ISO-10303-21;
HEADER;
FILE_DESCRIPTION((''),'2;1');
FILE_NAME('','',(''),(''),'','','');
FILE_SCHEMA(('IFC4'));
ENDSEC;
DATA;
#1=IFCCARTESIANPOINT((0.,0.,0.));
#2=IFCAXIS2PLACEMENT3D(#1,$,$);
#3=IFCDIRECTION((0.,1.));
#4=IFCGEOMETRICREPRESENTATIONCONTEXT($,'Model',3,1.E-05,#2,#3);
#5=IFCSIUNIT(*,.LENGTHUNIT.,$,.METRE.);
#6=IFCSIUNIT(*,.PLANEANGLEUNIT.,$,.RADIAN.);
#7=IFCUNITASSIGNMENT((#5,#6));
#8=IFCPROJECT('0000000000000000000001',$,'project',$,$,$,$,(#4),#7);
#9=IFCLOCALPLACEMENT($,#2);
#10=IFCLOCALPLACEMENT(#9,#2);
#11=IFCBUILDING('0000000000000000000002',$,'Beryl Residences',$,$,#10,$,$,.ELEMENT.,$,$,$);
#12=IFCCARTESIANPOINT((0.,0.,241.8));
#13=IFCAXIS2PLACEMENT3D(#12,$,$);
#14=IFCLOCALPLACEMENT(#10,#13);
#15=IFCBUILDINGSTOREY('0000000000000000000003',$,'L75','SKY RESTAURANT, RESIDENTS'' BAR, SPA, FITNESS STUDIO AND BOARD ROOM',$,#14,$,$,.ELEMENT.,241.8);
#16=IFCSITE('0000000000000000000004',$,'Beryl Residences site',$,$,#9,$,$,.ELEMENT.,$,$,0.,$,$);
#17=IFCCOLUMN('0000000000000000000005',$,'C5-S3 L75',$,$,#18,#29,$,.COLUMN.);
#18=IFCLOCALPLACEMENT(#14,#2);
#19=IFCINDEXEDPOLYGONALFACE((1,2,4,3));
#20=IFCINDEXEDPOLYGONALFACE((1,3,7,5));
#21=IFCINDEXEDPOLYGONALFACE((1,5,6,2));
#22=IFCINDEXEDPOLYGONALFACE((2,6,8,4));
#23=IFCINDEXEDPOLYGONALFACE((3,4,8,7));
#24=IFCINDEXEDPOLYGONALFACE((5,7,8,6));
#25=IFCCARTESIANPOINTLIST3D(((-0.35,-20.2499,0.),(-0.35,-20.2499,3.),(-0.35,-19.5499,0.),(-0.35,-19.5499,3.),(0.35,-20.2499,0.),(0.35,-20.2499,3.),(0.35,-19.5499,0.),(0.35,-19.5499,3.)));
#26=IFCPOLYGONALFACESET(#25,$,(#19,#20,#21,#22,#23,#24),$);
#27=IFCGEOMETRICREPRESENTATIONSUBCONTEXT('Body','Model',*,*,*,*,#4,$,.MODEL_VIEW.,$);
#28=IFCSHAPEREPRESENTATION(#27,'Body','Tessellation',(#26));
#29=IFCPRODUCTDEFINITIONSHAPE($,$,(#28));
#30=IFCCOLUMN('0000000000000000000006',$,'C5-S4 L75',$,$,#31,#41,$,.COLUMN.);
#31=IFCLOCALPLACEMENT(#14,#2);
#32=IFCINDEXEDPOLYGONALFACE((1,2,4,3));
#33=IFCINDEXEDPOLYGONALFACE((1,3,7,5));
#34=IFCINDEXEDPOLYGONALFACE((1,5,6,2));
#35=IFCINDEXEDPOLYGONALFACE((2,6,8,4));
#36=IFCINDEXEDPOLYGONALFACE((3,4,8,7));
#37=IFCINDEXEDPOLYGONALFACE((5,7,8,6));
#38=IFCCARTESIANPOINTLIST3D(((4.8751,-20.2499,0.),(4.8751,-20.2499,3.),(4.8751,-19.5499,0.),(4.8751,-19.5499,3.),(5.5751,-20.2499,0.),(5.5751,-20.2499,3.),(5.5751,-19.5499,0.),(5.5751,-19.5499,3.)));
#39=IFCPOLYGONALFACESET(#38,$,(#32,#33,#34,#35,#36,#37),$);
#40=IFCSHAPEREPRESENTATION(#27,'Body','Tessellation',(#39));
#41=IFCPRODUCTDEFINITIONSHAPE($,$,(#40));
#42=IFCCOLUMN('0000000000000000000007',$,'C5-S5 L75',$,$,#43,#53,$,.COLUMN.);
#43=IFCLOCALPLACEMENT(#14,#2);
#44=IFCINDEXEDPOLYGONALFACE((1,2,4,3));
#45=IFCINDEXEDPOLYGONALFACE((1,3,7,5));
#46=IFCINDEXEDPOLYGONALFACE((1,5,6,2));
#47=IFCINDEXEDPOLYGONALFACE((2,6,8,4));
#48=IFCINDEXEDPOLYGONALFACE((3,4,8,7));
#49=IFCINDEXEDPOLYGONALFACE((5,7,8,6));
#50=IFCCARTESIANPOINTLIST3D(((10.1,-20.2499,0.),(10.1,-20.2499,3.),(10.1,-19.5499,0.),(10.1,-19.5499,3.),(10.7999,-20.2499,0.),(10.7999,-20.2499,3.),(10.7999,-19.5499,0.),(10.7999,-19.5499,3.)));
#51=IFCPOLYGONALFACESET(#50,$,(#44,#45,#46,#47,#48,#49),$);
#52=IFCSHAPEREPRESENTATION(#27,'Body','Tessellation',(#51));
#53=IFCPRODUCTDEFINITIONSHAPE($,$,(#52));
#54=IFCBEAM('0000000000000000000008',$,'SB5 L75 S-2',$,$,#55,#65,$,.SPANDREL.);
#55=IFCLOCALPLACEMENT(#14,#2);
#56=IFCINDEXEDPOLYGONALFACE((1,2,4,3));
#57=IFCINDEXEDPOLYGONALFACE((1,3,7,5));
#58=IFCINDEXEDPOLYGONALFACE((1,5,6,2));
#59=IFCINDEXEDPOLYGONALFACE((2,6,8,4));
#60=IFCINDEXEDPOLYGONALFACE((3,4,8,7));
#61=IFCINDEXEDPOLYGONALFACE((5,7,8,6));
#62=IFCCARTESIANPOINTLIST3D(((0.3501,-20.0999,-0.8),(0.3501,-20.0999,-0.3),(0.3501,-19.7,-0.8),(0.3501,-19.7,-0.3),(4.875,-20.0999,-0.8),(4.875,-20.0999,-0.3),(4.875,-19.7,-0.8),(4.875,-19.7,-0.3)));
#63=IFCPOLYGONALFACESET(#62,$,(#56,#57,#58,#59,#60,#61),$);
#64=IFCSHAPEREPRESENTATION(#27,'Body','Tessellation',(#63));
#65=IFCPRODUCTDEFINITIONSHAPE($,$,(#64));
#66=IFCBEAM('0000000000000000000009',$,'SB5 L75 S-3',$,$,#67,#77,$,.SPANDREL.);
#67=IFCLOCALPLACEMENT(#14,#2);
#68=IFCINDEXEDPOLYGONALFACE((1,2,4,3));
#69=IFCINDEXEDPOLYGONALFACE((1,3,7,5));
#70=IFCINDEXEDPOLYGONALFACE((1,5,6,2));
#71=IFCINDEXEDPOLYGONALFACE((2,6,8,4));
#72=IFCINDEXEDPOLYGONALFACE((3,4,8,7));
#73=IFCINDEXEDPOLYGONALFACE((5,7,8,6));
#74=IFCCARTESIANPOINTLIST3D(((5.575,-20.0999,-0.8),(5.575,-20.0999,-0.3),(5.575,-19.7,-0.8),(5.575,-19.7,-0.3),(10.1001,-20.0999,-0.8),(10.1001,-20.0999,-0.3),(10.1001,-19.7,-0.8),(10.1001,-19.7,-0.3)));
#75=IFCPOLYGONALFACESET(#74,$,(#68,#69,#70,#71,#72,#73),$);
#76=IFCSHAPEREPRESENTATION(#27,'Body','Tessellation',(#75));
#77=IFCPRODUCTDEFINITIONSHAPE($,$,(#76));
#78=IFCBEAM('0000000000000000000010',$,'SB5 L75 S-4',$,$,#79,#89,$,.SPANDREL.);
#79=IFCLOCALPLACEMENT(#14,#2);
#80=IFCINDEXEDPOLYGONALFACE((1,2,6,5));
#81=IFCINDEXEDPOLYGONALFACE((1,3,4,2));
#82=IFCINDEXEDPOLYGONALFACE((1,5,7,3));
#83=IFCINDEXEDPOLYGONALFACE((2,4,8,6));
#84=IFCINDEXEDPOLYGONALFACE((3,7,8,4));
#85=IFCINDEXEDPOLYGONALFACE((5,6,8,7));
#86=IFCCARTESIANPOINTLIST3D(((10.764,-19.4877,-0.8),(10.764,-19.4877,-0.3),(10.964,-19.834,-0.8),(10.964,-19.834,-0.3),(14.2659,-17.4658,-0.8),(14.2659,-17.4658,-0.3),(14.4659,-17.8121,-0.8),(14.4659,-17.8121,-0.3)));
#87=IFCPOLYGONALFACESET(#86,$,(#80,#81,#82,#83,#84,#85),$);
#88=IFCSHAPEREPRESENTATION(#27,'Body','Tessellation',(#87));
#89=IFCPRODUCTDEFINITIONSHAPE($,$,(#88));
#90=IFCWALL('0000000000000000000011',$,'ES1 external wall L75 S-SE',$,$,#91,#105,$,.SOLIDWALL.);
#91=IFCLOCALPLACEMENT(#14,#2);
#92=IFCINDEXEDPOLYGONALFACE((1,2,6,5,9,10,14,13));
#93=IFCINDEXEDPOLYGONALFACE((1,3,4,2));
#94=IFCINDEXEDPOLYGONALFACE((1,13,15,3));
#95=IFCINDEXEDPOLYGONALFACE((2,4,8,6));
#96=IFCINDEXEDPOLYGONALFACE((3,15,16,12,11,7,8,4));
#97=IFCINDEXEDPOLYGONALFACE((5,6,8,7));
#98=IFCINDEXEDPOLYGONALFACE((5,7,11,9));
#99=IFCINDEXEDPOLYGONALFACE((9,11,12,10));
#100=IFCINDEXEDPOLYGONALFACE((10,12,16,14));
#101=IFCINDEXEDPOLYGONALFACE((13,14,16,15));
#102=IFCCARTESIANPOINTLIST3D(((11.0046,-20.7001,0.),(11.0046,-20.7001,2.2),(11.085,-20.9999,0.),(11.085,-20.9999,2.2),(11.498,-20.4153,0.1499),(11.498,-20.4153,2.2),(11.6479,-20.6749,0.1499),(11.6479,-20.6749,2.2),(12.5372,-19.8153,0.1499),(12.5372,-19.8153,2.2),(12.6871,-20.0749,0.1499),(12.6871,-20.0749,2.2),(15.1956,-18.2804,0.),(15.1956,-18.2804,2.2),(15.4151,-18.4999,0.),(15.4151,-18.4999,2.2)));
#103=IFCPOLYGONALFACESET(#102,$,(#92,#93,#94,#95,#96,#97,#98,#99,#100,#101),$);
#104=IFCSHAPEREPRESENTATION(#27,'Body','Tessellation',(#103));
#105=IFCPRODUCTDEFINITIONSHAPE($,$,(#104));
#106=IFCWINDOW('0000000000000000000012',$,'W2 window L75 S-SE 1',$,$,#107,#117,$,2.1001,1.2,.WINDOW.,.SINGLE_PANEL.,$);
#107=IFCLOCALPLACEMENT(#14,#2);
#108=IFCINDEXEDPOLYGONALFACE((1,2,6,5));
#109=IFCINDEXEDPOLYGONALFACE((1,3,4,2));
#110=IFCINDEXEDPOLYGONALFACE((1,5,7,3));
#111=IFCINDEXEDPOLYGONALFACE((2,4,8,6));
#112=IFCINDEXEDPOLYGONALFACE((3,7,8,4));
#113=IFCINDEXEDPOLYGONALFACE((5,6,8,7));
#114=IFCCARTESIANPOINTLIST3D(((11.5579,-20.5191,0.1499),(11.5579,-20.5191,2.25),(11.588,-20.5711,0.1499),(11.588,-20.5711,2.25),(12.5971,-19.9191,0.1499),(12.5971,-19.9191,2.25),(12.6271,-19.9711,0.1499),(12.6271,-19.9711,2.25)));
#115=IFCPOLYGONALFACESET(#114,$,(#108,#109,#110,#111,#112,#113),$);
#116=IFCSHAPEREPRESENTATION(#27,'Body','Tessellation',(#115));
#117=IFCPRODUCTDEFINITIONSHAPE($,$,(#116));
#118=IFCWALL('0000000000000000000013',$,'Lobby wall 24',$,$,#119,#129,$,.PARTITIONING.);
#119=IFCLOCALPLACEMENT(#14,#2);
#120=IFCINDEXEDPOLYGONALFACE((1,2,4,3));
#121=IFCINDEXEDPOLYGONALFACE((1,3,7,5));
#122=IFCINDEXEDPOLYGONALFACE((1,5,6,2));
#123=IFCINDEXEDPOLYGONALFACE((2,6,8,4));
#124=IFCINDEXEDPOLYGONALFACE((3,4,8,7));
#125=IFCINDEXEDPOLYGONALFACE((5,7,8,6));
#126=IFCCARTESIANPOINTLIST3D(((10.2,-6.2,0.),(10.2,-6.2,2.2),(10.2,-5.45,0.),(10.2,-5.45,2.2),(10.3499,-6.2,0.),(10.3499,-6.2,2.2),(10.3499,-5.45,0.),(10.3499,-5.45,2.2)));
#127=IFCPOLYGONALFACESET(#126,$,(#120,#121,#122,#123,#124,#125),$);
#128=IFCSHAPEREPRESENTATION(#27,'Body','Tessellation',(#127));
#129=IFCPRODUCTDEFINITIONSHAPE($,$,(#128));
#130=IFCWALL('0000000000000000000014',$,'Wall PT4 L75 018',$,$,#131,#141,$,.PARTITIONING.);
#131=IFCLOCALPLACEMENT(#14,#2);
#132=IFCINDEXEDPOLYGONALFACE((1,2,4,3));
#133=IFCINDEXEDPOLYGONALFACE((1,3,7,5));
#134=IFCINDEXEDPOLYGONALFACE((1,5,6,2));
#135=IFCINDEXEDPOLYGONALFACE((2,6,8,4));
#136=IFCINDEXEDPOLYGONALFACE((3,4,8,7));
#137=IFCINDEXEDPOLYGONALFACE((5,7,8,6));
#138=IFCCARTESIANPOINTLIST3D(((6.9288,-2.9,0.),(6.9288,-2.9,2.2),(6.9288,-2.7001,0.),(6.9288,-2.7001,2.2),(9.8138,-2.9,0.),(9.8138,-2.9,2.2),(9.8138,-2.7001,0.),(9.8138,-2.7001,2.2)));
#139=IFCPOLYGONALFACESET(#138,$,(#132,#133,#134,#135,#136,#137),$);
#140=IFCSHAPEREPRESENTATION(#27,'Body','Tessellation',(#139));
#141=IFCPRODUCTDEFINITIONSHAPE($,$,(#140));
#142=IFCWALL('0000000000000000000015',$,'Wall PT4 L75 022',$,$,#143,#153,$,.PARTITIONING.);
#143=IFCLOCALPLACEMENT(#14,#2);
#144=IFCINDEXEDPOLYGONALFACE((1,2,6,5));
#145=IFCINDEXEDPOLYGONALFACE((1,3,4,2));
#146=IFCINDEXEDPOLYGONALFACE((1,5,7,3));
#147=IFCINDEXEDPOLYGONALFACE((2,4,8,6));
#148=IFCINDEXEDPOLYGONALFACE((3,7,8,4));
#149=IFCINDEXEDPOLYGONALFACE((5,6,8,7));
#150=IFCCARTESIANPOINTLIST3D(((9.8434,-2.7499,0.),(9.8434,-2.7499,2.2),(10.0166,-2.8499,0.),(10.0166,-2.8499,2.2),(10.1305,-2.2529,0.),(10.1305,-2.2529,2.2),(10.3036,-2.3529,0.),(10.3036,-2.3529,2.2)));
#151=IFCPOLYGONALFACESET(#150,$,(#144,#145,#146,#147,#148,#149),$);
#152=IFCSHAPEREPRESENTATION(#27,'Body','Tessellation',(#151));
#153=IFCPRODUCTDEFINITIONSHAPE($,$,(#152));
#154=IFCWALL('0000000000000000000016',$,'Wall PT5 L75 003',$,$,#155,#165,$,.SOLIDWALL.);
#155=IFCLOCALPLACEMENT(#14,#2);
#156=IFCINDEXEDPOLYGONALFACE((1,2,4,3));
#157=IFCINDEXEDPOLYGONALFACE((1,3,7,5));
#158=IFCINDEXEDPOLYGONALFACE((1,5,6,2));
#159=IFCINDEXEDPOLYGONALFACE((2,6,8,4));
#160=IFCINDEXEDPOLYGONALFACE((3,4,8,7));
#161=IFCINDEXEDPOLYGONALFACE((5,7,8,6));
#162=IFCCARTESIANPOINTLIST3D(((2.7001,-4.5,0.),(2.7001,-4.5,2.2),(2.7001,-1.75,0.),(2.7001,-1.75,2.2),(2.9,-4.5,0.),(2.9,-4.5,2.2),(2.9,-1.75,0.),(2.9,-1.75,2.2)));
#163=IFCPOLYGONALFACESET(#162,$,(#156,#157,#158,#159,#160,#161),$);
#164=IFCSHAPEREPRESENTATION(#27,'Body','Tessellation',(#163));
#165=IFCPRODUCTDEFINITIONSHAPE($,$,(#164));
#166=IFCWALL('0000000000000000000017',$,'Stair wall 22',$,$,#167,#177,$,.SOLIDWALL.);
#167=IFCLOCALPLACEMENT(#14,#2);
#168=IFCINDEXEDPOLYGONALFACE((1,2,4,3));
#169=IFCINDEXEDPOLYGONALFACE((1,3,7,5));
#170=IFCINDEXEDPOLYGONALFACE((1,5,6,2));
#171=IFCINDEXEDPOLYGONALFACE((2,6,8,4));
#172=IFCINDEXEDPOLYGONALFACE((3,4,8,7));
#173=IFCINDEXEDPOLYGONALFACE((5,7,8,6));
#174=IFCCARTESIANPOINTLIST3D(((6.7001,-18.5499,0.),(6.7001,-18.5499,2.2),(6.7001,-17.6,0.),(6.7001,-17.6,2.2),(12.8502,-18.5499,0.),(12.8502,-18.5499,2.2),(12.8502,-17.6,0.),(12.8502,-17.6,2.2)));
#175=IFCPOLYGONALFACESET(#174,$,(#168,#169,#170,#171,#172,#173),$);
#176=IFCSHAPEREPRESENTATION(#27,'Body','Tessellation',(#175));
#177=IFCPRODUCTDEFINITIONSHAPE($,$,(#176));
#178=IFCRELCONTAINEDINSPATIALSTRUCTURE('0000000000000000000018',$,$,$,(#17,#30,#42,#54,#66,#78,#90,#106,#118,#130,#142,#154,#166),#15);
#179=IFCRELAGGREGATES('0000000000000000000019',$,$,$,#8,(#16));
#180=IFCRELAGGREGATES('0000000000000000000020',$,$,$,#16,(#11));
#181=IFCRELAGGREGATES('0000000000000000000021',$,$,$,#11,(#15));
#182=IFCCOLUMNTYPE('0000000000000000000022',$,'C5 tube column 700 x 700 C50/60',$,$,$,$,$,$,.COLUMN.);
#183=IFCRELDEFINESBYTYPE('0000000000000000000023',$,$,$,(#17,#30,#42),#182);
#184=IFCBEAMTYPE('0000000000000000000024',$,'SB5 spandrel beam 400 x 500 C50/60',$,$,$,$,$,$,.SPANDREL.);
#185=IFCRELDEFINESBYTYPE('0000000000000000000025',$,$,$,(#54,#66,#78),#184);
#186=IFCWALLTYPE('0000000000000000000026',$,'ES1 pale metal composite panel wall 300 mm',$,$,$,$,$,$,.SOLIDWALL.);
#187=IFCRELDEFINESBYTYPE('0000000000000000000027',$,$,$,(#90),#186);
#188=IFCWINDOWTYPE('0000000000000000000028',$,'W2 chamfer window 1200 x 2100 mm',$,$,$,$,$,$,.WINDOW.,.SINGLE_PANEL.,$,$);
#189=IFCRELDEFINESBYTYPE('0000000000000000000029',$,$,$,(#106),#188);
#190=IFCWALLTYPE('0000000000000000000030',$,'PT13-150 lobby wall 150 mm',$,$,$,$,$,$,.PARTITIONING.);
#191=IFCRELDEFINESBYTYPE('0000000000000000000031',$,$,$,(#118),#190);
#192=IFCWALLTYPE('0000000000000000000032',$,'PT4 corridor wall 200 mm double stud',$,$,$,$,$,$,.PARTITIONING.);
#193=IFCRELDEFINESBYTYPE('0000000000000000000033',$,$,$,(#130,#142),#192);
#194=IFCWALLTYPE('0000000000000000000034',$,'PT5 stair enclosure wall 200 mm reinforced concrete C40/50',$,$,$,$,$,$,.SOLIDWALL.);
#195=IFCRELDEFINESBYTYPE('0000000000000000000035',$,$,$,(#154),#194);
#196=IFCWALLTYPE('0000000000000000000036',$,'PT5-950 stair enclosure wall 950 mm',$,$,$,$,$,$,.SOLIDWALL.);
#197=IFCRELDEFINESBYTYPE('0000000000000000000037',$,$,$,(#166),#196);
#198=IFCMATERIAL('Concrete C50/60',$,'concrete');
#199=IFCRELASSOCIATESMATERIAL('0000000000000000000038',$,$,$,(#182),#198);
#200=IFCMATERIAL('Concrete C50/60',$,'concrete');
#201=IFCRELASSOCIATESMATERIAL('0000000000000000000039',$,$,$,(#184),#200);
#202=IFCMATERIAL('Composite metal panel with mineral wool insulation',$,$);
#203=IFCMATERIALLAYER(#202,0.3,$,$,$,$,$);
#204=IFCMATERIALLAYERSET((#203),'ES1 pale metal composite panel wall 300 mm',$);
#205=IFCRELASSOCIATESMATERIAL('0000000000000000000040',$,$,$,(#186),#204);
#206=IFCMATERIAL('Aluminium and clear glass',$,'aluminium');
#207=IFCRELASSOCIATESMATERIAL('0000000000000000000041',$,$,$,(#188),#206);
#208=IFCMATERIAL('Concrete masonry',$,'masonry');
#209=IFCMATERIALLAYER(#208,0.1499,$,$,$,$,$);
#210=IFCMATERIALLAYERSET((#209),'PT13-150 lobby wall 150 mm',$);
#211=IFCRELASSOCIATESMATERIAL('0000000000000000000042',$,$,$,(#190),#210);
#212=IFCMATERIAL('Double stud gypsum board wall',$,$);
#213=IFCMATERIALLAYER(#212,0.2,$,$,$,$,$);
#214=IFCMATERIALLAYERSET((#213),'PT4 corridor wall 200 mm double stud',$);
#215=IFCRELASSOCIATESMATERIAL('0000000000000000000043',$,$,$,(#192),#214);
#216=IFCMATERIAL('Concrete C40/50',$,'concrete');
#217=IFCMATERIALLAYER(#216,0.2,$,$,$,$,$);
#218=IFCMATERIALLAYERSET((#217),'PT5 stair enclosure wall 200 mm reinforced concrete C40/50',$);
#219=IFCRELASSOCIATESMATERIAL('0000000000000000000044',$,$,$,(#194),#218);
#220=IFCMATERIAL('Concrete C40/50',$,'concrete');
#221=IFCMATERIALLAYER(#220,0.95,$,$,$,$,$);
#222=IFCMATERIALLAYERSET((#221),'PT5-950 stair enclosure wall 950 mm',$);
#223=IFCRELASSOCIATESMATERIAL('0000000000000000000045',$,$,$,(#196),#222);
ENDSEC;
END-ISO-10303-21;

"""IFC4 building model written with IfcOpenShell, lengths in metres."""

from ifc_helpers import new_model, si_unit, direction, frame, frame_2d, origin, origin_2d, place, context, subcontext, project, spatial, polyline, rectangle, outline, extrude, material, layer, layer_set, material_profile, profile_set, type_object, element, fill, save


model = new_model("IFC4")

# Units and contexts
model_context = context("Model", 3, precision=1e-05, world=origin(), true_north=direction((0.0, 1.0)))
body_context = subcontext(model_context, "Body", "Model", "MODEL_VIEW")
ifc_project = project(units=[si_unit("LENGTHUNIT", "METRE"), si_unit("PLANEANGLEUNIT", "RADIAN")], contexts=[model_context])

# Site, building, storey
site_placement = place(None, origin())
site = spatial("IfcSite", under=ifc_project, at=site_placement, Name="Beryl Residences site", CompositionType="ELEMENT", RefElevation=0.0)
building_placement = place(site_placement, origin())
building = spatial("IfcBuilding", under=site, at=building_placement, Name="Beryl Residences", CompositionType="ELEMENT")
storey_placement = place(building_placement, frame((0.0, 0.0, 241.8)))
storey = spatial("IfcBuildingStorey", under=building, at=storey_placement, Name="L75", Description="SKY RESTAURANT, RESIDENTS' BAR, SPA, FITNESS STUDIO AND BOARD ROOM", CompositionType="ELEMENT", Elevation=241.8)

# Columns
ifc_material_1 = material(Name="Concrete C50/60", Category="concrete")
ifc_material_profile_1 = material_profile(ifc_material_1, rectangle(XDim=0.7, YDim=0.7, at=origin_2d()))
ifc_profile_set_1 = profile_set([ifc_material_profile_1], Name="Concrete C50/60")
column_type = type_object("IfcColumnType", Name="C5 tube column 700 x 700 C50/60", PredefinedType="COLUMN", material=ifc_profile_set_1)
for number, where, z_axis, x_axis, name in (
    (1, (0.0, -19.8999, 0.0), (0.0, 0.0, 1.0), (1.0, 0.0, 0.0), "C5-S3 L75"),
    (2, (5.2251, -19.8999, 0.0), (0.0, 0.0, 1.0), (1.0, 0.0, 0.0), "C5-S4 L75"),
    (3, (10.45, -19.8999, 0.0), (0.0, 0.0, 1.0), (1.0, 0.0, 0.0), "C5-S5 L75"),
):
    element("IfcColumn", number, at=place(storey_placement, frame(where, z_axis=z_axis, x_axis=x_axis)), inside=storey, type_object=column_type, Name=name, PredefinedType="COLUMN", context=body_context, shape_type="SweptSolid", body=[
        extrude(rectangle(XDim=0.7, YDim=0.7, at=origin_2d()), origin(), (0.0, 0.0, 1.0), 3.0),
    ])

# Beams
ifc_material_2 = material(Name="Concrete C50/60", Category="concrete")
ifc_material_profile_2 = material_profile(ifc_material_2, rectangle(XDim=0.3999, YDim=0.5, at=origin_2d()))
ifc_profile_set_2 = profile_set([ifc_material_profile_2], Name="Concrete C50/60")
beam_type = type_object("IfcBeamType", Name="SB5 spandrel beam 400 x 500 C50/60", PredefinedType="SPANDREL", material=ifc_profile_set_2)
beam_1_placement = place(storey_placement, frame((0.3501, -19.8999, -0.55), z_axis=(1.0, 0.0, 0.0), x_axis=(0.0, 1.0, 0.0)))
element("IfcBeam", 4, at=beam_1_placement, inside=storey, type_object=beam_type, Name="SB5 L75 S-2", PredefinedType="SPANDREL", context=body_context, shape_type="SweptSolid", body=[
    extrude(rectangle(XDim=0.3999, YDim=0.5, at=origin_2d()), origin(), (0.0, 0.0, 1.0), 4.5249),
])
beam_2_placement = place(storey_placement, frame((5.575, -19.8999, -0.55), z_axis=(1.0, 0.0, 0.0), x_axis=(0.0, 1.0, 0.0)))
element("IfcBeam", 5, at=beam_2_placement, inside=storey, type_object=beam_type, Name="SB5 L75 S-3", PredefinedType="SPANDREL", context=body_context, shape_type="SweptSolid", body=[
    extrude(rectangle(XDim=0.3999, YDim=0.5, at=origin_2d()), origin(), (0.0, 0.0, 1.0), 4.5251),
])
beam_3_placement = place(storey_placement, frame((10.864, -19.6609, -0.55), z_axis=(0.866013, 0.500022, 0.0), x_axis=(-0.500022, 0.866013, 0.0)))
element("IfcBeam", 6, at=beam_3_placement, inside=storey, type_object=beam_type, Name="SB5 L75 S-4", PredefinedType="SPANDREL", context=body_context, shape_type="SweptSolid", body=[
    extrude(rectangle(XDim=0.3999, YDim=0.5, at=origin_2d()), origin(), (0.0, 0.0, 1.0), 4.0437),
])

# Wall, opening, window
ifc_material_3 = material(Name="Composite metal panel with mineral wool insulation")
ifc_layer_1 = layer(ifc_material_3, 0.3)
ifc_layer_set_1 = layer_set([ifc_layer_1], Name="ES1 pale metal composite panel wall 300 mm")
wall_type_1 = type_object("IfcWallType", Name="ES1 pale metal composite panel wall 300 mm", PredefinedType="SOLIDWALL", material=ifc_layer_set_1)
wall_1_placement = place(storey_placement, frame((11.01, -20.8701, 0.0), z_axis=(0.0, 0.0, 1.0), x_axis=(0.866023, 0.500004, 0.0)))
wall_1 = element("IfcWall", 7, at=wall_1_placement, inside=storey, type_object=wall_type_1, Name="ES1 external wall L75 S-SE", PredefinedType="SOLIDWALL", context=body_context, shape_type="SweptSolid", body=[
    extrude(outline(polyline([(0.0, -0.1499), (5.0, -0.1499), (4.9197, 0.1499), (0.0803, 0.1499), (0.0, -0.1499)])), origin(), (0.0, 0.0, 1.0), 2.2),
])
opening_placement = place(wall_1_placement, frame((0.6499, 0.0, 0.1499)))
opening = element("IfcOpeningElement", 8, at=opening_placement, cuts=wall_1, PredefinedType="OPENING", context=body_context, shape_type="SweptSolid", body=[
    extrude(rectangle(XDim=1.2, YDim=2.1001, at=frame_2d((0.6001, 1.05))), frame((0.0, 0.1599, 0.0), z_axis=(0.0, -1.0, 0.0), x_axis=(1.0, 0.0, 0.0)), (0.0, 0.0, 1.0), 0.3201),
])
ifc_material_4 = material(Name="Aluminium and clear glass", Category="aluminium")
window_type = type_object("IfcWindowType", Name="W2 chamfer window 1200 x 2100 mm", PartitioningType="SINGLE_PANEL", PredefinedType="WINDOW", material=ifc_material_4)
window_placement = place(opening_placement, origin())
window = element("IfcWindow", 9, at=window_placement, inside=storey, type_object=window_type, Name="W2 window L75 S-SE 1", OverallHeight=2.1001, OverallWidth=1.2, PartitioningType="SINGLE_PANEL", PredefinedType="WINDOW", context=body_context, shape_type="SweptSolid", body=[
    extrude(rectangle(XDim=1.2, YDim=2.1001, at=frame_2d((0.6001, 1.05))), frame((0.0, 0.03, 0.0), z_axis=(0.0, -1.0, 0.0), x_axis=(1.0, 0.0, 0.0)), (0.0, 0.0, 1.0), 0.0601),
])
fill(opening, window)

# Walls
ifc_material_5 = material(Name="Concrete masonry", Category="masonry")
ifc_layer_2 = layer(ifc_material_5, 0.1499)
ifc_layer_set_2 = layer_set([ifc_layer_2], Name="PT13-150 lobby wall 150 mm")
wall_type_2 = type_object("IfcWallType", Name="PT13-150 lobby wall 150 mm", PredefinedType="PARTITIONING", material=ifc_layer_set_2)
wall_2_placement = place(storey_placement, frame((10.2749, -6.2, 0.0), z_axis=(0.0, 0.0, 1.0), x_axis=(0.0, 1.0, 0.0)))
element("IfcWall", 10, at=wall_2_placement, inside=storey, type_object=wall_type_2, Name="Lobby wall 24", PredefinedType="PARTITIONING", context=body_context, shape_type="SweptSolid", body=[
    extrude(rectangle(XDim=0.75, YDim=0.1499, at=frame_2d((0.375, 0.0))), origin(), (0.0, 0.0, 1.0), 2.2),
])
ifc_material_6 = material(Name="Double stud gypsum board wall")
ifc_layer_3 = layer(ifc_material_6, 0.2)
ifc_layer_set_3 = layer_set([ifc_layer_3], Name="PT4 corridor wall 200 mm double stud")
wall_type_3 = type_object("IfcWallType", Name="PT4 corridor wall 200 mm double stud", PredefinedType="PARTITIONING", material=ifc_layer_set_3)
wall_3_placement = place(storey_placement, frame((6.929, -2.8, 0.0), z_axis=(0.0, 0.0, 1.0), x_axis=(1.0, 0.0, 0.0)))
element("IfcWall", 11, at=wall_3_placement, inside=storey, type_object=wall_type_3, Name="Wall PT4 L75 018", PredefinedType="PARTITIONING", context=body_context, shape_type="SweptSolid", body=[
    extrude(rectangle(XDim=2.885, YDim=0.2, at=frame_2d((1.4424, 0.0))), origin(), (0.0, 0.0, 1.0), 2.2),
])
wall_4_placement = place(storey_placement, frame((9.9299, -2.8, 0.0), z_axis=(0.0, 0.0, 1.0), x_axis=(0.500164, 0.865931, 0.0)))
element("IfcWall", 12, at=wall_4_placement, inside=storey, type_object=wall_type_3, Name="Wall PT4 L75 022", PredefinedType="PARTITIONING", context=body_context, shape_type="SweptSolid", body=[
    extrude(rectangle(XDim=0.574, YDim=0.2, at=frame_2d((0.2871, 0.0))), origin(), (0.0, 0.0, 1.0), 2.2),
])
ifc_material_7 = material(Name="Concrete C40/50", Category="concrete")
ifc_layer_4 = layer(ifc_material_7, 0.2)
ifc_layer_set_4 = layer_set([ifc_layer_4], Name="PT5 stair enclosure wall 200 mm reinforced concrete C40/50")
wall_type_4 = type_object("IfcWallType", Name="PT5 stair enclosure wall 200 mm reinforced concrete C40/50", PredefinedType="SOLIDWALL", material=ifc_layer_set_4)
wall_5_placement = place(storey_placement, frame((2.8, -4.5, 0.0), z_axis=(0.0, 0.0, 1.0), x_axis=(0.0, 1.0, 0.0)))
element("IfcWall", 13, at=wall_5_placement, inside=storey, type_object=wall_type_4, Name="Wall PT5 L75 003", PredefinedType="SOLIDWALL", context=body_context, shape_type="SweptSolid", body=[
    extrude(rectangle(XDim=2.75, YDim=0.2, at=frame_2d((1.375, 0.0))), origin(), (0.0, 0.0, 1.0), 2.2),
])
ifc_material_8 = material(Name="Concrete C40/50", Category="concrete")
ifc_layer_5 = layer(ifc_material_8, 0.95)
ifc_layer_set_5 = layer_set([ifc_layer_5], Name="PT5-950 stair enclosure wall 950 mm")
wall_type_5 = type_object("IfcWallType", Name="PT5-950 stair enclosure wall 950 mm", PredefinedType="SOLIDWALL", material=ifc_layer_set_5)
wall_6_placement = place(storey_placement, frame((6.7, -18.075, 0.0), z_axis=(0.0, 0.0, 1.0), x_axis=(1.0, 0.0, 0.0)))
element("IfcWall", 14, at=wall_6_placement, inside=storey, type_object=wall_type_5, Name="Stair wall 22", PredefinedType="SOLIDWALL", context=body_context, shape_type="SweptSolid", body=[
    extrude(rectangle(XDim=6.1501, YDim=0.95, at=frame_2d((3.0752, 0.0))), origin(), (0.0, 0.0, 1.0), 2.2),
])

save(model, "model.ifc")
